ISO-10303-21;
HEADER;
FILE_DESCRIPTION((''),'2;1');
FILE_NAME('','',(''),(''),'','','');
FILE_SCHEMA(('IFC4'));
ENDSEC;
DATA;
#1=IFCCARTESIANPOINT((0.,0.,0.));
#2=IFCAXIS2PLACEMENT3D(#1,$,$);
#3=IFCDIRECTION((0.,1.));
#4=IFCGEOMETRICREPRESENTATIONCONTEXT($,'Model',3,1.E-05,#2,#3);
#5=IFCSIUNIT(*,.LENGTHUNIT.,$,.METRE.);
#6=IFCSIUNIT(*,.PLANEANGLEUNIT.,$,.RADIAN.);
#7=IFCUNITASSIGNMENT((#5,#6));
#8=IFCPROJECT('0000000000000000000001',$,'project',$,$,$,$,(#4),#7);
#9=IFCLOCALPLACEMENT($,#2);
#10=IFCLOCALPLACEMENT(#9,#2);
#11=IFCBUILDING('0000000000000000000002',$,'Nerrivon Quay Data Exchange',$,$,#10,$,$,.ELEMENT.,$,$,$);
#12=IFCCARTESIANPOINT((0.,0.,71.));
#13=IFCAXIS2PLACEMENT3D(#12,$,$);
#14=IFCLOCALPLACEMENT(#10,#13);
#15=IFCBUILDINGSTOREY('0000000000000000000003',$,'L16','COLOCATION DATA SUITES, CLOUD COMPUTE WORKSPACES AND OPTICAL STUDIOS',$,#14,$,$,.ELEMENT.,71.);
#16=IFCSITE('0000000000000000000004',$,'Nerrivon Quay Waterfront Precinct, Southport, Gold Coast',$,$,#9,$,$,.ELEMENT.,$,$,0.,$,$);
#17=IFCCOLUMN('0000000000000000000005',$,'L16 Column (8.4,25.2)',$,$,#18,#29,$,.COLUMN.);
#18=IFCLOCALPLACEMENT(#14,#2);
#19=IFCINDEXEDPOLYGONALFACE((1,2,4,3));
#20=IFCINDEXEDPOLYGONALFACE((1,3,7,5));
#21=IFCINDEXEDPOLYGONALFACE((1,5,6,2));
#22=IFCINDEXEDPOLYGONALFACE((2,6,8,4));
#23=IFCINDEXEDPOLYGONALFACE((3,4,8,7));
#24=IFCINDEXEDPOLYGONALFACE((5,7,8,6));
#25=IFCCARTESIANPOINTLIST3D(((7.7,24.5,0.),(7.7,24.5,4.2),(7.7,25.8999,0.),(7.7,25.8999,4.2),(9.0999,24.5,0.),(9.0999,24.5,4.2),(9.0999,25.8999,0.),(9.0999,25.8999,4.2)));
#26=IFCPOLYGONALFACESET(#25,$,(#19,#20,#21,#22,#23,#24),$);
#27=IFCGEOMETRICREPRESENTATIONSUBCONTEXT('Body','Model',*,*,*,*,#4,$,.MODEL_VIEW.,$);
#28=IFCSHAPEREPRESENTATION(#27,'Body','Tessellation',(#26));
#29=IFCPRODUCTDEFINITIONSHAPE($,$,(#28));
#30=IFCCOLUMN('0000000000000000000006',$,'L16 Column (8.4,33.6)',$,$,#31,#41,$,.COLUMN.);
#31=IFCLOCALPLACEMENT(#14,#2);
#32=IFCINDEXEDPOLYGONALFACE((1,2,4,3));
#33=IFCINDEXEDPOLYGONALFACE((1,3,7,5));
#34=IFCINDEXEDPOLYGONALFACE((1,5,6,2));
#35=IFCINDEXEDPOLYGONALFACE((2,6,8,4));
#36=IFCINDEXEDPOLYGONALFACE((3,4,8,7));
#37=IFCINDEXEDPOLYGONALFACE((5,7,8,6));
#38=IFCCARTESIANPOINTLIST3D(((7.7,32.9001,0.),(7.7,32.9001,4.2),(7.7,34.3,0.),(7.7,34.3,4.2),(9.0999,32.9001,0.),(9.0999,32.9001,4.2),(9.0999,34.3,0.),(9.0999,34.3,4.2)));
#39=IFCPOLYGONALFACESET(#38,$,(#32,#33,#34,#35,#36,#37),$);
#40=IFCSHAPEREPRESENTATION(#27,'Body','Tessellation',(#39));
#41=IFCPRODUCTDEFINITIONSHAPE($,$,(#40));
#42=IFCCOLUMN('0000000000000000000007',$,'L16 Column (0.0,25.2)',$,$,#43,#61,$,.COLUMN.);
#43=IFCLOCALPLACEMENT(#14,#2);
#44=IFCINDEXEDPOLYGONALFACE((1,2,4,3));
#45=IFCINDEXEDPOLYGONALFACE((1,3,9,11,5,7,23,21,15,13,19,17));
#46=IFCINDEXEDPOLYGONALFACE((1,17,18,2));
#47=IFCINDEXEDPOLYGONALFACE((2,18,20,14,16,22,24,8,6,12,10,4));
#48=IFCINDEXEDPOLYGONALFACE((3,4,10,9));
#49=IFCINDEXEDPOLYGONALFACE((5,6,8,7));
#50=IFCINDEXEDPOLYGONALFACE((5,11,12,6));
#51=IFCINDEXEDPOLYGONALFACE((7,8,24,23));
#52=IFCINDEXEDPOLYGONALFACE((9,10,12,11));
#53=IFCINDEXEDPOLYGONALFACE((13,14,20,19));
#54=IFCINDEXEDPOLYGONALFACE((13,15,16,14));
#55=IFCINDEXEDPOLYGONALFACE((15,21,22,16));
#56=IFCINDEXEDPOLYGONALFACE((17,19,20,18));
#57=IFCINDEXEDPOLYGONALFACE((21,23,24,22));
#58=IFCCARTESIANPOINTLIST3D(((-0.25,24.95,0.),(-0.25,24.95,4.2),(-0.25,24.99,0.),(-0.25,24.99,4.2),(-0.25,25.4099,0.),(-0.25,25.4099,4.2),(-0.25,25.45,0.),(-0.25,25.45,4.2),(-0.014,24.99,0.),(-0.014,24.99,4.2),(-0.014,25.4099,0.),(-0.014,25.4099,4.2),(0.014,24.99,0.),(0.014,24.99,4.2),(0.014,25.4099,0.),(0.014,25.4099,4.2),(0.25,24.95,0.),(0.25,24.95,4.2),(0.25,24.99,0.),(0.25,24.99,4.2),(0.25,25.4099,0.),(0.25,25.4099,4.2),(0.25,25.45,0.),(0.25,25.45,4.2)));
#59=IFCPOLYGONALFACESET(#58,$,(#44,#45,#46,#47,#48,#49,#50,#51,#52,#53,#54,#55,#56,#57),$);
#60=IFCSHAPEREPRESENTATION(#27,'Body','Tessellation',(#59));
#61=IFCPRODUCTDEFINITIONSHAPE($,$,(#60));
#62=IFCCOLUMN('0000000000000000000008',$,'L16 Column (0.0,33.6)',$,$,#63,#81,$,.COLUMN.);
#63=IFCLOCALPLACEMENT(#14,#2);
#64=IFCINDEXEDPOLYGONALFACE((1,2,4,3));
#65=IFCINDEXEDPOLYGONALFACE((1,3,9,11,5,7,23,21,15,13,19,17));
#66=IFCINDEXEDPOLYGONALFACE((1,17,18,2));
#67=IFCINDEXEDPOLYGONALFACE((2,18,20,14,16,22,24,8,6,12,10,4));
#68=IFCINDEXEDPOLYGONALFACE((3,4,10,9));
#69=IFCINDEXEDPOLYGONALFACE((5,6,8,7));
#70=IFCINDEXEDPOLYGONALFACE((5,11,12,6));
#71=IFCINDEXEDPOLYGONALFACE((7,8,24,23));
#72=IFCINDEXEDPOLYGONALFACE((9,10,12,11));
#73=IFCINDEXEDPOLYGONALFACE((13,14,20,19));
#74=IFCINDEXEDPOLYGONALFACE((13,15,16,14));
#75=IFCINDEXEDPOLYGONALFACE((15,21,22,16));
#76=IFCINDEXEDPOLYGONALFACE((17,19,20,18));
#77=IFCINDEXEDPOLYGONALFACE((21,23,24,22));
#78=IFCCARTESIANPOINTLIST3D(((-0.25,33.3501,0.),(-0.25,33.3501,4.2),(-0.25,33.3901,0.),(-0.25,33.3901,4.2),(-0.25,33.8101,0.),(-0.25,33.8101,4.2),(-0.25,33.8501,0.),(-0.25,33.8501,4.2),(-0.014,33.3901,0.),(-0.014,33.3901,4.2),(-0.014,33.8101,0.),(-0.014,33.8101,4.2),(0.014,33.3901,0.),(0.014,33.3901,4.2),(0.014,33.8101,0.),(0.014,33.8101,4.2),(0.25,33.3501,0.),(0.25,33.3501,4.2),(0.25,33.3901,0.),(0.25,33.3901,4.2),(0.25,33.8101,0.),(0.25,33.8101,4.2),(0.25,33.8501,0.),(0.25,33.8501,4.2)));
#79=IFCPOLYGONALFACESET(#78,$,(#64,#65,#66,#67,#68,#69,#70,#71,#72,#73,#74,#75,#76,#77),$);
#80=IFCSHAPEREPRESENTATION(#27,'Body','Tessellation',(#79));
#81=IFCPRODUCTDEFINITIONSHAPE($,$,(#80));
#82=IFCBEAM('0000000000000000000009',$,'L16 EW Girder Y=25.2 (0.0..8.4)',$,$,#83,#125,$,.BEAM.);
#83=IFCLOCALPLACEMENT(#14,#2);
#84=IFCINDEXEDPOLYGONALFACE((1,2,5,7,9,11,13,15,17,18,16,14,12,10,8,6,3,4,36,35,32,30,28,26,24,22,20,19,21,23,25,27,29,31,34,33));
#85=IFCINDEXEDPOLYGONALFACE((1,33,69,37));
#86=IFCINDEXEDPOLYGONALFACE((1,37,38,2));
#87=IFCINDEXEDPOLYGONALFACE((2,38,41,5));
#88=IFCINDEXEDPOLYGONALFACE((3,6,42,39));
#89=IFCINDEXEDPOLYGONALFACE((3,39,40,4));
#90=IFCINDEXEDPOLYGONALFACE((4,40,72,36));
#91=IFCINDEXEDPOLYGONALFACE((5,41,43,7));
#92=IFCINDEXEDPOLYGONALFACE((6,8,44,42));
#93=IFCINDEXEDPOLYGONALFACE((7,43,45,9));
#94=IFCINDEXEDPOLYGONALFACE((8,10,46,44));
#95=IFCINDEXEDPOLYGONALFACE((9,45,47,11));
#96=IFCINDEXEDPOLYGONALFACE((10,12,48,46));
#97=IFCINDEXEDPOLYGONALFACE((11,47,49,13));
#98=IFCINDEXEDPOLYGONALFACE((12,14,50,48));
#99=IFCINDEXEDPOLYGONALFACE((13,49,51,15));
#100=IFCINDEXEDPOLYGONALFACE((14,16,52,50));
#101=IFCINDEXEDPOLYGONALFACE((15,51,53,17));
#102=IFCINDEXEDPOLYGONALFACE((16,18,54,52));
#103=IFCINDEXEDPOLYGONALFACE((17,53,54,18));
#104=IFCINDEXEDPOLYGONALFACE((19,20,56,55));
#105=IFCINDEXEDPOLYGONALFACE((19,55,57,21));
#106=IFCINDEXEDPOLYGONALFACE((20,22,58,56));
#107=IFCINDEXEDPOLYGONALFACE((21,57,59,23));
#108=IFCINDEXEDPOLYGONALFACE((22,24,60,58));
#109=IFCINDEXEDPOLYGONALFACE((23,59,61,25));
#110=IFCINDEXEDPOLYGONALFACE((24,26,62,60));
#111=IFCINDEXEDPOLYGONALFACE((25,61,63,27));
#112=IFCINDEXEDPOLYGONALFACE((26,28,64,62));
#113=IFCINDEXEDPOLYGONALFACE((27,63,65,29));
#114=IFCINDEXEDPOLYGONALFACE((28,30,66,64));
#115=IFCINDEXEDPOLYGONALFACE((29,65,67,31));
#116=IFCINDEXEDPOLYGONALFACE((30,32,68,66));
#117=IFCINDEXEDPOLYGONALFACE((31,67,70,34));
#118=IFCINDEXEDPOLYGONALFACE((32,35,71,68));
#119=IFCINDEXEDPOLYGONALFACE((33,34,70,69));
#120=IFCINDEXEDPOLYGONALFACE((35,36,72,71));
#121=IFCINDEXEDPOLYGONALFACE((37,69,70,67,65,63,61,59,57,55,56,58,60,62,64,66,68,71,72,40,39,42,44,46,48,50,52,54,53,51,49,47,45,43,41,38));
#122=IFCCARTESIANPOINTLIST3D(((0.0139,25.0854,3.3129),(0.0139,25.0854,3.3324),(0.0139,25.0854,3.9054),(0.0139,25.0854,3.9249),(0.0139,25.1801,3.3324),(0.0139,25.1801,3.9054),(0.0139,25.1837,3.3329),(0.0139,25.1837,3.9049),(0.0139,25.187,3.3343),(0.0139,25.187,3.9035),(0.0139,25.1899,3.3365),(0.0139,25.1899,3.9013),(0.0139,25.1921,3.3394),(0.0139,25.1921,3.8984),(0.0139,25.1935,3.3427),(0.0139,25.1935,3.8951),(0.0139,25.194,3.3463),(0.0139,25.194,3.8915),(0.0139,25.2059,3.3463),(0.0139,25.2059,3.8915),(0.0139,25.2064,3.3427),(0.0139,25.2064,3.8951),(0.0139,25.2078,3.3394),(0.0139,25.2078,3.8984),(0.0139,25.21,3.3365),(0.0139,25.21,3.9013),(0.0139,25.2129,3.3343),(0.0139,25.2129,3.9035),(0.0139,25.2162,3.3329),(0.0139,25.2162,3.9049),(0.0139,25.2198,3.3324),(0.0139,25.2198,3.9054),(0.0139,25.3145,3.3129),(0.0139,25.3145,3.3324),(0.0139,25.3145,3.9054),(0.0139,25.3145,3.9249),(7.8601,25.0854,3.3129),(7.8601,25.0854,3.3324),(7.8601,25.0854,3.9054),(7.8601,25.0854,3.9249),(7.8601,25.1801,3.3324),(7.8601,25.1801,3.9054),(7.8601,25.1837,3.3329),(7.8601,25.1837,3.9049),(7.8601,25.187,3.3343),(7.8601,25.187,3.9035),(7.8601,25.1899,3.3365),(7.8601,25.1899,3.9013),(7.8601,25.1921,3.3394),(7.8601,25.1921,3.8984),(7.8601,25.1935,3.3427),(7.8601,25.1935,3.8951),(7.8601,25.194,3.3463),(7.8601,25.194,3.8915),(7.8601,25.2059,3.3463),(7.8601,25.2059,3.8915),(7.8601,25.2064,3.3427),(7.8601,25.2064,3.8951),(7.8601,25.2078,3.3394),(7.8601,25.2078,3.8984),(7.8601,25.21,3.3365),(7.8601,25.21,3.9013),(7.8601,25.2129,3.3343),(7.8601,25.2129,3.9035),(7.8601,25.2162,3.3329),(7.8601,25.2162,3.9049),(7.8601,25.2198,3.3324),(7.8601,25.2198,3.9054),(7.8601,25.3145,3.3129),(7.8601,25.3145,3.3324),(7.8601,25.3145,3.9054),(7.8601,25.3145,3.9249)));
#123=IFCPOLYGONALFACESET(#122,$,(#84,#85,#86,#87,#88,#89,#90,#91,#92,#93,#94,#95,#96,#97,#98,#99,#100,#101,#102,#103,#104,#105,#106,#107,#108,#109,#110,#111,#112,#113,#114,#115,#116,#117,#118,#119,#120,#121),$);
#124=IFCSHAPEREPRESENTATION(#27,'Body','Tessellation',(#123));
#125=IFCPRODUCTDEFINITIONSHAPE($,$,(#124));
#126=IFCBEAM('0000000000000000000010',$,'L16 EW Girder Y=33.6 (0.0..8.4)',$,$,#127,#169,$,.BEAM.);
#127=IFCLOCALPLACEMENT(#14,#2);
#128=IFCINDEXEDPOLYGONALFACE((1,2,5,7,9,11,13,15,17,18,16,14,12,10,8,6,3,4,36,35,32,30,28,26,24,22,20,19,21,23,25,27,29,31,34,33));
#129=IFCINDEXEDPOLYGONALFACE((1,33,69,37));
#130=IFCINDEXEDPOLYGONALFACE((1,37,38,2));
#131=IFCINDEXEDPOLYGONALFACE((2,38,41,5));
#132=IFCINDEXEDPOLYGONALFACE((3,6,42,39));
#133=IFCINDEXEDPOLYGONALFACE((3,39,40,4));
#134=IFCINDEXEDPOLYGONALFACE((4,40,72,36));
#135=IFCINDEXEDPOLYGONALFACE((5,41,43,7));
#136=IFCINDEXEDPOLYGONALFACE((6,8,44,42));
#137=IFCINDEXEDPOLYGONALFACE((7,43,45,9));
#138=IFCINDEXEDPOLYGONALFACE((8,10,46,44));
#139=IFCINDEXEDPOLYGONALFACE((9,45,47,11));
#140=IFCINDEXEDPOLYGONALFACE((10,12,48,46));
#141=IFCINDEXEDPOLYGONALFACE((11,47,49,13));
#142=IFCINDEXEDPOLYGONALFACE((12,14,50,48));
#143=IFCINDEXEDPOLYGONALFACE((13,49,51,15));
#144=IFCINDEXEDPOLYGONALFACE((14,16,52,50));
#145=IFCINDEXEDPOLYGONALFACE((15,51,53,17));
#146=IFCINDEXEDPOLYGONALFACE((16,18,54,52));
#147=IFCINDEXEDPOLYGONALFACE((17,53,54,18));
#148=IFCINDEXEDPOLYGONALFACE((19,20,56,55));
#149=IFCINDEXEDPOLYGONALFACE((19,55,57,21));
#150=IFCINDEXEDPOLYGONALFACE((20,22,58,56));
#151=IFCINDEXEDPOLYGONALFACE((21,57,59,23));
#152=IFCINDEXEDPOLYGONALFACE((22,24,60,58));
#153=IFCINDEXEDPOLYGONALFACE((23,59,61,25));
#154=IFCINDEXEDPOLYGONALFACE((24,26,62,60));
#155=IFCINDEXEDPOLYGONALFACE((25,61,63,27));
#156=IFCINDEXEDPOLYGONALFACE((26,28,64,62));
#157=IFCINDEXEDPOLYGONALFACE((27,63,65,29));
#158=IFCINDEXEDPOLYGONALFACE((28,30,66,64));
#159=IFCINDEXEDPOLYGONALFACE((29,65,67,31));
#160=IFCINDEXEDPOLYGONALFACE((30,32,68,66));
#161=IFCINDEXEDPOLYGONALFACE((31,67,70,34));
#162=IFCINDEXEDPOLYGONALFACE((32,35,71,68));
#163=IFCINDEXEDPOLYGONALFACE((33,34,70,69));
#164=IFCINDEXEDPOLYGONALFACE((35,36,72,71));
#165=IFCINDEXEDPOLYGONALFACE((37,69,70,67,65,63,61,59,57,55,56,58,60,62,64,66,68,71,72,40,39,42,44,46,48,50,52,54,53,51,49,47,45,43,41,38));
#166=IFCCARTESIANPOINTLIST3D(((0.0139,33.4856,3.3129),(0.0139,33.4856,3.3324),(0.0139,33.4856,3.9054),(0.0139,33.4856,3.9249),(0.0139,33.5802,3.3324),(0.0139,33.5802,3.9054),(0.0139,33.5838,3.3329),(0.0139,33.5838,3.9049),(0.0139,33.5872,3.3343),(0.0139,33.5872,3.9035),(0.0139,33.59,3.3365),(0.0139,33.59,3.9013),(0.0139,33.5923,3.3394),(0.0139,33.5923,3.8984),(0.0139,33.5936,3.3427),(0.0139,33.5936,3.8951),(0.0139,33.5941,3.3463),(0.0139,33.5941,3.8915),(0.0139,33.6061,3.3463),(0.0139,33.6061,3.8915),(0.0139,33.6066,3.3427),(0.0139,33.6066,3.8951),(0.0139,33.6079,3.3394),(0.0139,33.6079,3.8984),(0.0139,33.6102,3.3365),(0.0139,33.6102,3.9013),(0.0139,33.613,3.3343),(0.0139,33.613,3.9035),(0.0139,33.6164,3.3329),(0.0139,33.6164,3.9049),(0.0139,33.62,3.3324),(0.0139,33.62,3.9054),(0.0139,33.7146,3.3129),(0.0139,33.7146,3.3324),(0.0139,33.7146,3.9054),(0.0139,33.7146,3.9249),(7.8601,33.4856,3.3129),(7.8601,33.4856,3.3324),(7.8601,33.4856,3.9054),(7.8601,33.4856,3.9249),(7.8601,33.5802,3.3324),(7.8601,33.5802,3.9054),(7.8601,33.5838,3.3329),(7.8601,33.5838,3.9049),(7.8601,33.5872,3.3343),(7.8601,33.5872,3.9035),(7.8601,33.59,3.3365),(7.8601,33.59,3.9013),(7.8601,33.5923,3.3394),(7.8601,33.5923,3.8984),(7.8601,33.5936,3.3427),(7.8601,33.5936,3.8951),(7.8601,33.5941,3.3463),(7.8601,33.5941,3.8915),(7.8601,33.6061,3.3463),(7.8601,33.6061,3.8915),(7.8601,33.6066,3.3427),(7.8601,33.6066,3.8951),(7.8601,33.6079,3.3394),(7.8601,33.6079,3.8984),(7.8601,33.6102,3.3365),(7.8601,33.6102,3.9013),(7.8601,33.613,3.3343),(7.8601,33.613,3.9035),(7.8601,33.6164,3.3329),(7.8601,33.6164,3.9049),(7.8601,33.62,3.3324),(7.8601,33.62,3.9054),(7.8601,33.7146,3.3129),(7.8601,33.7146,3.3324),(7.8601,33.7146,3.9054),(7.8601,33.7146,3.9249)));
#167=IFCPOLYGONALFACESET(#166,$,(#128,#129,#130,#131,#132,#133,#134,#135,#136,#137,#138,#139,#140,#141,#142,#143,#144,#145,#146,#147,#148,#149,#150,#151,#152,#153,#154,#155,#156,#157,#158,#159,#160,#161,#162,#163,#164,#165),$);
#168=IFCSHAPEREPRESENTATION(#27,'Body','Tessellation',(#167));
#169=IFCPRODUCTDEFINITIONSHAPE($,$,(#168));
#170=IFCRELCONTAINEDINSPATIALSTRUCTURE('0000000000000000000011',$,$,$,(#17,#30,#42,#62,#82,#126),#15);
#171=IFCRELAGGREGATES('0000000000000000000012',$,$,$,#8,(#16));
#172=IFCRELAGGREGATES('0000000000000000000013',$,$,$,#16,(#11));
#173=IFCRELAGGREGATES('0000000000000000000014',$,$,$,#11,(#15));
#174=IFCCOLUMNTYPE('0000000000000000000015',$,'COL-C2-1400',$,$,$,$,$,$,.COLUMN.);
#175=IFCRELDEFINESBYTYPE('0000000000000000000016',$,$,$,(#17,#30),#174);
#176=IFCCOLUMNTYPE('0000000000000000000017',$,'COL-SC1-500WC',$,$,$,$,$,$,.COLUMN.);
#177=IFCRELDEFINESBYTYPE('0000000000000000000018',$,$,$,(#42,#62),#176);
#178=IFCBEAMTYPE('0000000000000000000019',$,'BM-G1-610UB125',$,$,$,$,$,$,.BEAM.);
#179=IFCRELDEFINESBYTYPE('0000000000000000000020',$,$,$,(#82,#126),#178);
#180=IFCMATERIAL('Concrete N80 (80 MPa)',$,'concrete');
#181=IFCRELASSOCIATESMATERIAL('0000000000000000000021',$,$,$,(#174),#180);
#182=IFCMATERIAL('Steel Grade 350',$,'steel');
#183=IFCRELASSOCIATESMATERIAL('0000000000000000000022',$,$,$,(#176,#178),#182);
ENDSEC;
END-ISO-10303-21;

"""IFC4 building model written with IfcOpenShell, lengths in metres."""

from ifc_helpers import new_model, si_unit, direction, frame, origin, origin_2d, place, context, subcontext, project, spatial, rectangle, i_section, extrude, material, material_profile, profile_set, type_object, element, save


model = new_model("IFC4")

# Units and contexts
model_context = context("Model", 3, precision=1e-05, world=origin(), true_north=direction((0.0, 1.0)))
body_context = subcontext(model_context, "Body", "Model", "MODEL_VIEW")
ifc_project = project(units=[si_unit("LENGTHUNIT", "METRE"), si_unit("PLANEANGLEUNIT", "RADIAN")], contexts=[model_context])

# Site, building, storey
site_placement = place(None, origin())
site = spatial("IfcSite", under=ifc_project, at=site_placement, Name="Nerrivon Quay Waterfront Precinct, Southport, Gold Coast", CompositionType="ELEMENT", RefElevation=0.0)
building_placement = place(site_placement, origin())
building = spatial("IfcBuilding", under=site, at=building_placement, Name="Nerrivon Quay Data Exchange", CompositionType="ELEMENT")
storey_placement = place(building_placement, frame((0.0, 0.0, 71.0)))
storey = spatial("IfcBuildingStorey", under=building, at=storey_placement, Name="L16", Description="COLOCATION DATA SUITES, CLOUD COMPUTE WORKSPACES AND OPTICAL STUDIOS", CompositionType="ELEMENT", Elevation=71.0)

# Columns
ifc_material_1 = material(Name="Concrete N80 (80 MPa)", Category="concrete")
ifc_material_profile_1 = material_profile(ifc_material_1, rectangle(XDim=1.3999, YDim=1.3999, at=origin_2d()), Name="RC-COL-1400x1400")
ifc_profile_set_1 = profile_set([ifc_material_profile_1], Name="Concrete N80 (80 MPa)")
column_type_1 = type_object("IfcColumnType", Name="COL-C2-1400", PredefinedType="COLUMN", material=ifc_profile_set_1)
for number, where, z_axis, x_axis, name in (
    (1, (8.3999, 25.2, 0.0), (0.0, 0.0, 1.0), (1.0, 0.0, 0.0), "L16 Column (8.4,25.2)"),
    (2, (8.3999, 33.6001, 0.0), (0.0, 0.0, 1.0), (1.0, 0.0, 0.0), "L16 Column (8.4,33.6)"),
):
    element("IfcColumn", number, at=place(storey_placement, frame(where, z_axis=z_axis, x_axis=x_axis)), inside=storey, type_object=column_type_1, Name=name, PredefinedType="COLUMN", context=body_context, shape_type="SweptSolid", body=[
        extrude(rectangle(XDim=1.3999, YDim=1.3999, at=origin_2d()), origin(), (0.0, 0.0, 1.0), 4.2),
    ])
ifc_material_2 = material(Name="Steel Grade 350", Category="steel")
ifc_material_profile_2 = material_profile(ifc_material_2, i_section(OverallWidth=0.5, OverallDepth=0.5, WebThickness=0.0281, FlangeThickness=0.04, at=origin_2d()), Name="500WC440")
ifc_profile_set_2 = profile_set([ifc_material_profile_2], Name="Steel Grade 350")
column_type_2 = type_object("IfcColumnType", Name="COL-SC1-500WC", PredefinedType="COLUMN", material=ifc_profile_set_2)
for number, where, z_axis, x_axis, name in (
    (3, (0.0, 25.2, 0.0), (0.0, 0.0, 1.0), (1.0, 0.0, 0.0), "L16 Column (0.0,25.2)"),
    (4, (0.0, 33.6001, 0.0), (0.0, 0.0, 1.0), (1.0, 0.0, 0.0), "L16 Column (0.0,33.6)"),
):
    element("IfcColumn", number, at=place(storey_placement, frame(where, z_axis=z_axis, x_axis=x_axis)), inside=storey, type_object=column_type_2, Name=name, PredefinedType="COLUMN", context=body_context, shape_type="SweptSolid", body=[
        extrude(i_section(OverallWidth=0.5, OverallDepth=0.5, WebThickness=0.0281, FlangeThickness=0.04, at=origin_2d()), origin(), (0.0, 0.0, 1.0), 4.2),
    ])

# Beams
ifc_material_profile_3 = material_profile(ifc_material_2, i_section(OverallWidth=0.229, OverallDepth=0.6121, WebThickness=0.012, FlangeThickness=0.0195, FilletRadius=0.0139, at=origin_2d()), Name="610UB125")
ifc_profile_set_3 = profile_set([ifc_material_profile_3], Name="Steel Grade 350")
beam_type_1 = type_object("IfcBeamType", Name="BM-G1-610UB125", PredefinedType="BEAM", material=ifc_profile_set_3)
for number, where, z_axis, x_axis, name in (
    (5, (0.0139, 25.2, 3.6189), (1.0, 0.0, 0.0), (0.0, 1.0, 0.0), "L16 EW Girder Y=25.2 (0.0..8.4)"),
    (6, (0.0139, 33.6001, 3.6189), (1.0, 0.0, 0.0), (0.0, 1.0, 0.0), "L16 EW Girder Y=33.6 (0.0..8.4)"),
):
    element("IfcBeam", number, at=place(storey_placement, frame(where, z_axis=z_axis, x_axis=x_axis)), inside=storey, type_object=beam_type_1, Name=name, PredefinedType="BEAM", context=body_context, shape_type="SweptSolid", body=[
        extrude(i_section(OverallWidth=0.229, OverallDepth=0.6121, WebThickness=0.012, FlangeThickness=0.0195, FilletRadius=0.0139, at=origin_2d()), origin(), (0.0, 0.0, 1.0), 7.8462),
    ])

save(model, "model.ifc")
